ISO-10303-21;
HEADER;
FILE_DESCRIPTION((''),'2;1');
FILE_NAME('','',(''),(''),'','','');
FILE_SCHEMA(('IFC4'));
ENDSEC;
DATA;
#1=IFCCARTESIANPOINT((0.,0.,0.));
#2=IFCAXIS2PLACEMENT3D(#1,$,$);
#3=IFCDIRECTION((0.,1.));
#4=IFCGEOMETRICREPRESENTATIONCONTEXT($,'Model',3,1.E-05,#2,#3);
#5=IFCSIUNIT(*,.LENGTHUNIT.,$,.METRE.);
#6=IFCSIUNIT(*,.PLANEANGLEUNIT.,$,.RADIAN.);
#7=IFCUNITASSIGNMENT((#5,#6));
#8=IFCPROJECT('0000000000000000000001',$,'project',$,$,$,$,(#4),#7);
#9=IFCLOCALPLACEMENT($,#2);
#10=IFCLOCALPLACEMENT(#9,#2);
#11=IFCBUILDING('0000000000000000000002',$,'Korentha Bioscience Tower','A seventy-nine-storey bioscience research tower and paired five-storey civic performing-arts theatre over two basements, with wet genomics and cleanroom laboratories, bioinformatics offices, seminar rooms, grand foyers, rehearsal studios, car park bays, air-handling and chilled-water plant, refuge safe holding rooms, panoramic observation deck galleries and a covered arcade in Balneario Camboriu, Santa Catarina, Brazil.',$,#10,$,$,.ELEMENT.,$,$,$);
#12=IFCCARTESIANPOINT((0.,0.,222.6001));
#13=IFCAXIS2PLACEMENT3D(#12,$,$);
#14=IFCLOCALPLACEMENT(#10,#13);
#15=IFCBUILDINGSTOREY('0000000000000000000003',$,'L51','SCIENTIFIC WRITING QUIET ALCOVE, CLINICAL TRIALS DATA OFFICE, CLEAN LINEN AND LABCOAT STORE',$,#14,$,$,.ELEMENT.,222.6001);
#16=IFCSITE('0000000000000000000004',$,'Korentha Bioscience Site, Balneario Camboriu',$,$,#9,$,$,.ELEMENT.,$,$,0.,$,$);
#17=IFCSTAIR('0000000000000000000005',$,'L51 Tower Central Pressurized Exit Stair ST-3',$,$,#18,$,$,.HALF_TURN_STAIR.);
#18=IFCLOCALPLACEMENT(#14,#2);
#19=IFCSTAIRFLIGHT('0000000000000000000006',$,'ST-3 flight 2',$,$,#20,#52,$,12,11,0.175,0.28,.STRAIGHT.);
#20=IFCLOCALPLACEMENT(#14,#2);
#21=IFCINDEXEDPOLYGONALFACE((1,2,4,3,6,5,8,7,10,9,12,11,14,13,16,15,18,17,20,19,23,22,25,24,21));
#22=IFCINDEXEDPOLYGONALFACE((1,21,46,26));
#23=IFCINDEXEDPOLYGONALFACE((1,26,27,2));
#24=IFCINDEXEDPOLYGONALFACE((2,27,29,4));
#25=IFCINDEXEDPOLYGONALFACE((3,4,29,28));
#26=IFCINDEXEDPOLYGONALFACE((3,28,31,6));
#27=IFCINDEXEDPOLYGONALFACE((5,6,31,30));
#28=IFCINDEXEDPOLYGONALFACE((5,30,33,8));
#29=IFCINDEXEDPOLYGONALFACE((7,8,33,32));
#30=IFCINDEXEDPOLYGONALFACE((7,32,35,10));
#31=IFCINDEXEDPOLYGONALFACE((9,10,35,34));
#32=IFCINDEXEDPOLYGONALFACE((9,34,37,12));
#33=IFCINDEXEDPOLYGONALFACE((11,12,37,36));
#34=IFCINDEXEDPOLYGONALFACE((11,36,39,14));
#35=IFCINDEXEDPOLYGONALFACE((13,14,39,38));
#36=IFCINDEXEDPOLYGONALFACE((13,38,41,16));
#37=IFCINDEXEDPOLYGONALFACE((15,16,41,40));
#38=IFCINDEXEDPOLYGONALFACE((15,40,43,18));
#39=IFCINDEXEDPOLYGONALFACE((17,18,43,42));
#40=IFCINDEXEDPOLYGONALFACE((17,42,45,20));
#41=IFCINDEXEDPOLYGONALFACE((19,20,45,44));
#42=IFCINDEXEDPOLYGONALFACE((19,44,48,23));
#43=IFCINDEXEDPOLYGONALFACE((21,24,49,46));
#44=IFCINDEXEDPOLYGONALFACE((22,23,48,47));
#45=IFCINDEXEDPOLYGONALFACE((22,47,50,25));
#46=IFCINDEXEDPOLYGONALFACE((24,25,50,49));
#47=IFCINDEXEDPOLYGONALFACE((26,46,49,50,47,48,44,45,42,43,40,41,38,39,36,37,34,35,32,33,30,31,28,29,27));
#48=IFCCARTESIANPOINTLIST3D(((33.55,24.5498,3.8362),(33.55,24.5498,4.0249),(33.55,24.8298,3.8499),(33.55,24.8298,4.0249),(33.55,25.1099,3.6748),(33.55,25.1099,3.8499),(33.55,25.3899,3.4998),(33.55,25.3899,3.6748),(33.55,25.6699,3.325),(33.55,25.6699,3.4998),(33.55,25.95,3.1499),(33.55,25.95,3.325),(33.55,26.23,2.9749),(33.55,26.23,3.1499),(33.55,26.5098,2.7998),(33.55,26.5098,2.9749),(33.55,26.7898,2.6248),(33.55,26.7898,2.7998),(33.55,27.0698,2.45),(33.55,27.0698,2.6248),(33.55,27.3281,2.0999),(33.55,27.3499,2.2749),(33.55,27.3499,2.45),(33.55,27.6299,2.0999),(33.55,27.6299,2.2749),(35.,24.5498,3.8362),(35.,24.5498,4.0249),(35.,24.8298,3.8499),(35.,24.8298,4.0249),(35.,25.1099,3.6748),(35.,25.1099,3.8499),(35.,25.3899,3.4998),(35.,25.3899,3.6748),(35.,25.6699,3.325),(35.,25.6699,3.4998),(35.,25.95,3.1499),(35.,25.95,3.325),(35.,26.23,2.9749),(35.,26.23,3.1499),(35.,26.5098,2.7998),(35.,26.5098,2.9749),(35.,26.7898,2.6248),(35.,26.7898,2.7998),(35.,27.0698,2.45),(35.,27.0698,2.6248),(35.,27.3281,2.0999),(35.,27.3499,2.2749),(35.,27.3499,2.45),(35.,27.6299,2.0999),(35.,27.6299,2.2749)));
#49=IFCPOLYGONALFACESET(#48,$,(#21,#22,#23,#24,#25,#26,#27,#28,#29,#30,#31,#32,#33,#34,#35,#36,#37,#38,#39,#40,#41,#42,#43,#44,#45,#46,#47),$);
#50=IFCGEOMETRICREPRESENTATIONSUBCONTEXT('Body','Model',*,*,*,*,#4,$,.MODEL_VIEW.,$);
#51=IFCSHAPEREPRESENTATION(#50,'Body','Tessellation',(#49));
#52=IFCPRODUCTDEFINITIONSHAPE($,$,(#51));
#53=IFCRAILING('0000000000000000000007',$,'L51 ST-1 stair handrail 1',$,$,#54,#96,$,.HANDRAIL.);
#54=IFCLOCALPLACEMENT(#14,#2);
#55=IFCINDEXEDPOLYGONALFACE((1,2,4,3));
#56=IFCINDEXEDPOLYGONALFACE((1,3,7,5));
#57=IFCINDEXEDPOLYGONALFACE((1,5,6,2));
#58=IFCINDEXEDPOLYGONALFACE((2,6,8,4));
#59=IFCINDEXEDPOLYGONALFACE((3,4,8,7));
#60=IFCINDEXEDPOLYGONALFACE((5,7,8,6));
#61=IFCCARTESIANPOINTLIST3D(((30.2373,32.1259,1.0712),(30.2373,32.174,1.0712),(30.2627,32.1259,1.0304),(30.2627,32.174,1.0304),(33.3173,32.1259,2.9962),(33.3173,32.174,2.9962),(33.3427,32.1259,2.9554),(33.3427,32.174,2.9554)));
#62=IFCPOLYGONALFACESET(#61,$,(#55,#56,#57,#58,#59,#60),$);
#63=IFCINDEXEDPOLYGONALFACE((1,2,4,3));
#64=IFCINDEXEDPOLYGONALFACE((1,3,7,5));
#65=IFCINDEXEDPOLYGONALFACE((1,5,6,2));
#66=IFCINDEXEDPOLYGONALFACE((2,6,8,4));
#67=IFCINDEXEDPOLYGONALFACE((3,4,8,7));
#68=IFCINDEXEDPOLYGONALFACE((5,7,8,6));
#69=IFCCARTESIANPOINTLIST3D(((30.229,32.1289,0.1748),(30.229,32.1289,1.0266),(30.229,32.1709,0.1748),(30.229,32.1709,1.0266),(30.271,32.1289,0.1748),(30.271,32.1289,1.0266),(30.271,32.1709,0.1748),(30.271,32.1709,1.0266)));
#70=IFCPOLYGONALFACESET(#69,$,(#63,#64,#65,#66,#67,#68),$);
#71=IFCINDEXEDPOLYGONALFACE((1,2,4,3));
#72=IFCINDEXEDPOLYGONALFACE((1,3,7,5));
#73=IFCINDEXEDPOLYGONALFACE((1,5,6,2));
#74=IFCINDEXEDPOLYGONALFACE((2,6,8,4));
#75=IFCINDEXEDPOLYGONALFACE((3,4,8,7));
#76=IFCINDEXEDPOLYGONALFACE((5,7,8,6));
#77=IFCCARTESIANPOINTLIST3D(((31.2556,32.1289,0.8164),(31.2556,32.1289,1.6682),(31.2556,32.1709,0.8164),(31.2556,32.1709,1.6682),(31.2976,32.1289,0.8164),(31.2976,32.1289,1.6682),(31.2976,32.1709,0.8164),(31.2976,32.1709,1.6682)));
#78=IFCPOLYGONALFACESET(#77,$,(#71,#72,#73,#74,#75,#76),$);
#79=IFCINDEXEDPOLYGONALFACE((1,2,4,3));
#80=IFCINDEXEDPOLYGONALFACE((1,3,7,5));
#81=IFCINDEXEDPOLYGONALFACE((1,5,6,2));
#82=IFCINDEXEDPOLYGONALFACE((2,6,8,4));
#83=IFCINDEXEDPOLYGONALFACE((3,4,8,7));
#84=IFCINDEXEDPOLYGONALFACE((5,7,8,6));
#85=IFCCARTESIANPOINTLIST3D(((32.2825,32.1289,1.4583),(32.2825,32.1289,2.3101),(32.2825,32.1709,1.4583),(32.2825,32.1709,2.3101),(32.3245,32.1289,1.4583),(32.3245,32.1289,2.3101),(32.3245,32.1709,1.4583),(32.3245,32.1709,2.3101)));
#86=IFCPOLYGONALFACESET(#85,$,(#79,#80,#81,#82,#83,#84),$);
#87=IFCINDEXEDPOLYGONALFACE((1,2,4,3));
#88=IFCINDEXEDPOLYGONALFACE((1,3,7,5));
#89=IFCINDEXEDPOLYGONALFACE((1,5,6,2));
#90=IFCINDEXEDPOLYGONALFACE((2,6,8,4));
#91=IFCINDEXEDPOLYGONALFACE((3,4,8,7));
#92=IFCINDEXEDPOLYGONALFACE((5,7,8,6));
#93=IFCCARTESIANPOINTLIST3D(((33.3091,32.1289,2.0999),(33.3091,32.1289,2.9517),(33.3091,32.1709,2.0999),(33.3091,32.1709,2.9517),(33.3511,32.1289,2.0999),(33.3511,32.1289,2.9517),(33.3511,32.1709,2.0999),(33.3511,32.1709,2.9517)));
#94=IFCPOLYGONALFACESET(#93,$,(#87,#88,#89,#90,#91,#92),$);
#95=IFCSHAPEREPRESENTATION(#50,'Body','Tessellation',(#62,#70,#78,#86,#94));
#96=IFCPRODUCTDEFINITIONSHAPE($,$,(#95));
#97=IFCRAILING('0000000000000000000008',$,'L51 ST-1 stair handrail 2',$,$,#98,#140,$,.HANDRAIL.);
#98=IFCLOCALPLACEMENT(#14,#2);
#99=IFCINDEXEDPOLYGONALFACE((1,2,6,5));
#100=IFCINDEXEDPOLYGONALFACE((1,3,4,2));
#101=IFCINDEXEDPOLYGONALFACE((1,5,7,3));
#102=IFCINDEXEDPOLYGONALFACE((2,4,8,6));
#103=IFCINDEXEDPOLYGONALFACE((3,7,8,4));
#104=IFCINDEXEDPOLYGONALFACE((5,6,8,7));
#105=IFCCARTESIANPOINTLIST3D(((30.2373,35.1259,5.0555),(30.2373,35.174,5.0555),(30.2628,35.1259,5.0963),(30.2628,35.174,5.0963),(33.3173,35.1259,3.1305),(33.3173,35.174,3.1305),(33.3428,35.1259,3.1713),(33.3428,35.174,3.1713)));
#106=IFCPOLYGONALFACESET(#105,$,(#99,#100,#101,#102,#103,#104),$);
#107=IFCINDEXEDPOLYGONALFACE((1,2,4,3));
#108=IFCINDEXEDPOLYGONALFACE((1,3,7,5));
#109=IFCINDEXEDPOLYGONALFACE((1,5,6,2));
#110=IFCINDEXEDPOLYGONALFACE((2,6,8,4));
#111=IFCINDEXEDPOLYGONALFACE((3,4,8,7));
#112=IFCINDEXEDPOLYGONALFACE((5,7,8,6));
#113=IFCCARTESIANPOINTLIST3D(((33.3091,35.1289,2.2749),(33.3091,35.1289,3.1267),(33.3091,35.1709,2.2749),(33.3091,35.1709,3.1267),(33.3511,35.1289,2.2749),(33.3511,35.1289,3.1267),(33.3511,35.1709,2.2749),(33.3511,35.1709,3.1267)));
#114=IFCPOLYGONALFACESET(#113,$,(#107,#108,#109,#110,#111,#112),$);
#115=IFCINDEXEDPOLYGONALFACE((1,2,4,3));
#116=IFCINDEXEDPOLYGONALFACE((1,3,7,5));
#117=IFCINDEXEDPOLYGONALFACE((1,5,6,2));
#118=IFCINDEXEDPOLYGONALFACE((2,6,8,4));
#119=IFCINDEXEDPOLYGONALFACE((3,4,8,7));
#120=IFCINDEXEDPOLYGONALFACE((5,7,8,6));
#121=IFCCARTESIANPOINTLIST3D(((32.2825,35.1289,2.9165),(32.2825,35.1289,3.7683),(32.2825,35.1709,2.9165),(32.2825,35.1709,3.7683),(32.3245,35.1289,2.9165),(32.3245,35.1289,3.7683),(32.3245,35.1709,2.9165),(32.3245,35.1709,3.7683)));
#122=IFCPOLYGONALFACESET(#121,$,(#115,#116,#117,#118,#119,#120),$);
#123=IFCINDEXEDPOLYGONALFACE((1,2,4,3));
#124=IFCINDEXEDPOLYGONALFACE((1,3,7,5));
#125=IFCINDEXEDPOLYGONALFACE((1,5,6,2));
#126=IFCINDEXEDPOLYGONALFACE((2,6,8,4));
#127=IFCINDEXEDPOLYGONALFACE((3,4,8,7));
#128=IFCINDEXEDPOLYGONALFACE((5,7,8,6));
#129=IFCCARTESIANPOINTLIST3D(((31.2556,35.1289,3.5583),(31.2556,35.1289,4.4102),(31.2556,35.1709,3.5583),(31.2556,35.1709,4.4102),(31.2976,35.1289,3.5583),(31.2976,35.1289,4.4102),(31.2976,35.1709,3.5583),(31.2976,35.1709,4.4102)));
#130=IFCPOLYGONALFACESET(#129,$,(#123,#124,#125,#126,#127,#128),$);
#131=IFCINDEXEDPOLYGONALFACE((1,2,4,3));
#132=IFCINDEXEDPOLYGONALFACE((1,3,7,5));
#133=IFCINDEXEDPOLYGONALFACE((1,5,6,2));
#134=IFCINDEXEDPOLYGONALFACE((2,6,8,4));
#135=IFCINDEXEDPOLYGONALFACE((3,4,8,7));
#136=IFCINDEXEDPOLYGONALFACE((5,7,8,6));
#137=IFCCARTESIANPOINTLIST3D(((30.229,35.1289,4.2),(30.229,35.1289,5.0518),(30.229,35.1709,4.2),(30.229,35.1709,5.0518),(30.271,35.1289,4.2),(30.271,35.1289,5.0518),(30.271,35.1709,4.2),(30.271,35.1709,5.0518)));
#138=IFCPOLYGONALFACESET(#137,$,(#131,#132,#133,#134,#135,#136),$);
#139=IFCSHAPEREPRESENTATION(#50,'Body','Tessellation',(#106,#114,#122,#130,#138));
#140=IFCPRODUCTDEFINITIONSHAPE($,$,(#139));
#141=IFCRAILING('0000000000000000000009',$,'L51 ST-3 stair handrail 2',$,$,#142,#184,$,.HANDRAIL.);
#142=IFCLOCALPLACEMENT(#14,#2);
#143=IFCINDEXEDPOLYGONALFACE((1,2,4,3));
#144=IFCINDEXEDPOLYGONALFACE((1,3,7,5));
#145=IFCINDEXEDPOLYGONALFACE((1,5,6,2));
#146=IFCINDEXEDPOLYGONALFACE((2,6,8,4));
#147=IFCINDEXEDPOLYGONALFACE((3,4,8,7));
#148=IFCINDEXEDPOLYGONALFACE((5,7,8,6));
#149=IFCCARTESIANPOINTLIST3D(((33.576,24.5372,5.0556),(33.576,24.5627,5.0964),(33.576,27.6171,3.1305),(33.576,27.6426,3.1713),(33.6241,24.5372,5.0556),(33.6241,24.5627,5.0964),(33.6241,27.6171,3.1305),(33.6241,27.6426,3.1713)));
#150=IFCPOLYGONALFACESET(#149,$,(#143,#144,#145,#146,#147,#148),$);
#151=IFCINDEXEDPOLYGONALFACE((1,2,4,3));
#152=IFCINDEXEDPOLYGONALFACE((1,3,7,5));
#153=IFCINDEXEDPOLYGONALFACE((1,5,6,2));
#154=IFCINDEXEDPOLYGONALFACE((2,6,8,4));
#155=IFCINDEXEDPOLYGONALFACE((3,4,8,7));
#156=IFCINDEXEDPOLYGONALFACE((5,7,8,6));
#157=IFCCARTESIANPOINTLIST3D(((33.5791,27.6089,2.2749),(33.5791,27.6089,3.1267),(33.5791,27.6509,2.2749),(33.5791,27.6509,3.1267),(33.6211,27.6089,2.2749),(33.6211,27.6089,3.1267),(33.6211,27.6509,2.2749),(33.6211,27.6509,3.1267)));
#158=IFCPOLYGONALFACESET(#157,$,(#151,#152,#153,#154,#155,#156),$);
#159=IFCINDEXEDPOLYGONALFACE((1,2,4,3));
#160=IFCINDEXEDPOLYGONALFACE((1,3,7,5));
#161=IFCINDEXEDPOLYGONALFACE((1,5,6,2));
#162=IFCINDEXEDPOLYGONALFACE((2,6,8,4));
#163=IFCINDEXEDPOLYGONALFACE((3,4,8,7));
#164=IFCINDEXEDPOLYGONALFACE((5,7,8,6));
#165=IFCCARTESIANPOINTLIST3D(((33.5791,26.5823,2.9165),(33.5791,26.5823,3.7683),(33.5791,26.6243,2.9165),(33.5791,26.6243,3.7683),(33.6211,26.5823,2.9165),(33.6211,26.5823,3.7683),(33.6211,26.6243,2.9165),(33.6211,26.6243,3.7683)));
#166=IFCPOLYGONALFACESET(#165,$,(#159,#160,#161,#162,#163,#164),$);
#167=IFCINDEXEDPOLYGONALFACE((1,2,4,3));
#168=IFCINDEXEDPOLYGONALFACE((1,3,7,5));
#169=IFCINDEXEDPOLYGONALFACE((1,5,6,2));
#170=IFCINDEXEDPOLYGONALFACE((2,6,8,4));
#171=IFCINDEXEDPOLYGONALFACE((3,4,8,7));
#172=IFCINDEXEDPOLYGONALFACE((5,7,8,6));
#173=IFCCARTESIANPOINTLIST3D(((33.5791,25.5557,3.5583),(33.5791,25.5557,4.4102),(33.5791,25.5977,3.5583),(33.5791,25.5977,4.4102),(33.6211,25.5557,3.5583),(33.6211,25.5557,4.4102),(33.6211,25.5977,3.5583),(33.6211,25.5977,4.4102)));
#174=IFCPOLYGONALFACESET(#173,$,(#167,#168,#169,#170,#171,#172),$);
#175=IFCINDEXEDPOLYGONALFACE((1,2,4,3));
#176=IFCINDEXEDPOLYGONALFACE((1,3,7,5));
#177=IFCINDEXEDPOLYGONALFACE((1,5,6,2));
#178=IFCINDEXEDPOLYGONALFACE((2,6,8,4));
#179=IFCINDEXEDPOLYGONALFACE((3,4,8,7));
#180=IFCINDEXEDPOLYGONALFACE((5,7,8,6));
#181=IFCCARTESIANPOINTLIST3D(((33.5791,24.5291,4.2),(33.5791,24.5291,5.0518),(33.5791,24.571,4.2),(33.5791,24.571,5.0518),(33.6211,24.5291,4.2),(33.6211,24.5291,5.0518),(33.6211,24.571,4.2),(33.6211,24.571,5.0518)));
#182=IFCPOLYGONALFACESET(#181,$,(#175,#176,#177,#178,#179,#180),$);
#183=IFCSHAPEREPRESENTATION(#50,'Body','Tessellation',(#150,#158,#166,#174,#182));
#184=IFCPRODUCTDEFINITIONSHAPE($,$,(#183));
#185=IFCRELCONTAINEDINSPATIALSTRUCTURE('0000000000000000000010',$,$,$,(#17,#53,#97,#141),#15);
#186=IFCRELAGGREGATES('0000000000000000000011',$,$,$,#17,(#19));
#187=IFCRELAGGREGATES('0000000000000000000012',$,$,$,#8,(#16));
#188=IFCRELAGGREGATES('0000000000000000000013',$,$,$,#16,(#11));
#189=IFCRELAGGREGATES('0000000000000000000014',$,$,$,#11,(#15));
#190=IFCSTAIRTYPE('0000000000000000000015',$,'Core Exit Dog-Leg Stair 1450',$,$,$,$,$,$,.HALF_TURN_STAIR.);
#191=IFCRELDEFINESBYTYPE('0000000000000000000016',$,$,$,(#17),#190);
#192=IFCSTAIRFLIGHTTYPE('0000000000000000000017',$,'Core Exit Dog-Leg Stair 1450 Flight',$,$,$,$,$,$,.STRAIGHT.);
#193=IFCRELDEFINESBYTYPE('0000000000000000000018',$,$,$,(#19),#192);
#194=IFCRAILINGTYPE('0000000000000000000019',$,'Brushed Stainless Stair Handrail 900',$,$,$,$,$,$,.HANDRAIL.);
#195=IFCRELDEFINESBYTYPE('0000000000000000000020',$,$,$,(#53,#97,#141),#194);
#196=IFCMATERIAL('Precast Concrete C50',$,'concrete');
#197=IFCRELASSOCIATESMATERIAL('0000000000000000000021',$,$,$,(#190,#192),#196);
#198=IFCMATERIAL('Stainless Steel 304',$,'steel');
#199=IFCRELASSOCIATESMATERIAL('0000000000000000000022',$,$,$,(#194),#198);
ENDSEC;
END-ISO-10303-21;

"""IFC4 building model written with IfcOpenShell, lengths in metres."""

from ifc_helpers import new_model, si_unit, direction, frame, origin, origin_2d, place, context, subcontext, project, spatial, polyline, rectangle, outline, extrude, material, type_object, element, aggregate, save


model = new_model("IFC4")

# Units and contexts
model_context = context("Model", 3, precision=1e-05, world=origin(), true_north=direction((0.0, 1.0)))
body_context = subcontext(model_context, "Body", "Model", "MODEL_VIEW")
ifc_project = project(units=[si_unit("LENGTHUNIT", "METRE"), si_unit("PLANEANGLEUNIT", "RADIAN")], contexts=[model_context])

# Site, building, storey
site_placement = place(None, origin())
site = spatial("IfcSite", under=ifc_project, at=site_placement, Name="Korentha Bioscience Site, Balneario Camboriu", CompositionType="ELEMENT", RefElevation=0.0)
building_placement = place(site_placement, origin())
building = spatial("IfcBuilding", under=site, at=building_placement, Name="Korentha Bioscience Tower", Description="A seventy-nine-storey bioscience research tower and paired five-storey civic performing-arts theatre over two basements, with wet genomics and cleanroom laboratories, bioinformatics offices, seminar rooms, grand foyers, rehearsal studios, car park bays, air-handling and chilled-water plant, refuge safe holding rooms, panoramic observation deck galleries and a covered arcade in Balneario Camboriu, Santa Catarina, Brazil.", CompositionType="ELEMENT")
storey_placement = place(building_placement, frame((0.0, 0.0, 222.6001)))
storey = spatial("IfcBuildingStorey", under=building, at=storey_placement, Name="L51", Description="SCIENTIFIC WRITING QUIET ALCOVE, CLINICAL TRIALS DATA OFFICE, CLEAN LINEN AND LABCOAT STORE", CompositionType="ELEMENT", Elevation=222.6001)

# Shared definitions
ifc_material_1 = material(Name="Precast Concrete C50", Category="concrete")
stair_type = type_object("IfcStairType", Name="Core Exit Dog-Leg Stair 1450", PredefinedType="HALF_TURN_STAIR", material=ifc_material_1)
stair_flight_type = type_object("IfcStairFlightType", Name="Core Exit Dog-Leg Stair 1450 Flight", PredefinedType="STRAIGHT", material=ifc_material_1)

# Stair, stair flight
stair_1_placement = place(storey_placement, origin())
stair_1 = element("IfcStair", 1, at=stair_1_placement, inside=storey, type_object=stair_type, Name="L51 Tower Central Pressurized Exit Stair ST-3", PredefinedType="HALF_TURN_STAIR")
stair_flight_1_placement = place(storey_placement, frame((34.2749, 27.6299, 2.0999), z_axis=(0.0, 0.0, 1.0), x_axis=(0.0, -1.0, 0.0)))
stair_flight_1 = element("IfcStairFlight", 2, at=stair_flight_1_placement, type_object=stair_flight_type, Name="ST-3 flight 2", NumberOfRisers=12, NumberOfTreads=11, PredefinedType="STRAIGHT", RiserHeight=0.175, TreadLength=0.28, context=body_context, shape_type="SweptSolid", body=[
    extrude(outline(polyline([(0.0, 0.0), (0.0, 0.175), (0.28, 0.175), (0.28, 0.3501), (0.5601, 0.3501), (0.5601, 0.5249), (0.8401, 0.5249), (0.8401, 0.7), (1.1201, 0.7), (1.1201, 0.875), (1.3999, 0.875), (1.3999, 1.05), (1.6799, 1.05), (1.6799, 1.2251), (1.96, 1.2251), (1.96, 1.3999), (2.24, 1.3999), (2.24, 1.575), (2.52, 1.575), (2.52, 1.75), (2.8, 1.75), (2.8, 1.925), (3.0801, 1.925), (3.0801, 2.1001), (3.0801, 1.7363), (0.3018, 0.0), (0.0, 0.0)])), frame((0.0, 0.7251, 0.0), z_axis=(0.0, -1.0, 0.0), x_axis=(1.0, 0.0, 0.0)), (0.0, 0.0, 1.0), 1.45),
])
aggregate(stair_1, [stair_flight_1])

# Railings
ifc_material_2 = material(Name="Stainless Steel 304", Category="steel")
railing_type_1 = type_object("IfcRailingType", Name="Brushed Stainless Stair Handrail 900", PredefinedType="HANDRAIL", material=ifc_material_2)
railing_1_placement = place(storey_placement, frame((30.25, 32.1499, 0.1748)))
element("IfcRailing", 3, at=railing_1_placement, inside=storey, type_object=railing_type_1, Name="L51 ST-1 stair handrail 1", PredefinedType="HANDRAIL", context=body_context, shape_type="SweptSolid", body=[
    extrude(rectangle(XDim=0.0481, YDim=0.0481, at=origin_2d()), frame((0.0, 0.0, 0.876), z_axis=(0.847998, 0.0, 0.529999), x_axis=(0.0, 1.0, 0.0)), (0.0, 0.0, 1.0), 3.6321),
    extrude(rectangle(XDim=0.042, YDim=0.042, at=origin_2d()), origin(), (0.0, 0.0, 1.0), 0.8518),
    extrude(rectangle(XDim=0.042, YDim=0.042, at=origin_2d()), frame((1.0266, 0.0, 0.6416)), (0.0, 0.0, 1.0), 0.8518),
    extrude(rectangle(XDim=0.042, YDim=0.042, at=origin_2d()), frame((2.0535, 0.0, 1.2834)), (0.0, 0.0, 1.0), 0.8518),
    extrude(rectangle(XDim=0.042, YDim=0.042, at=origin_2d()), frame((3.0801, 0.0, 1.925)), (0.0, 0.0, 1.0), 0.8518),
])
railing_2_placement = place(storey_placement, frame((33.3301, 35.1499, 2.2749)))
element("IfcRailing", 4, at=railing_2_placement, inside=storey, type_object=railing_type_1, Name="L51 ST-1 stair handrail 2", PredefinedType="HANDRAIL", context=body_context, shape_type="SweptSolid", body=[
    extrude(rectangle(XDim=0.0481, YDim=0.0481, at=origin_2d()), frame((0.0, 0.0, 0.876), z_axis=(-0.847998, 0.0, 0.529999), x_axis=(0.0, -1.0, 0.0)), (0.0, 0.0, 1.0), 3.6321),
    extrude(rectangle(XDim=0.042, YDim=0.042, at=origin_2d()), origin(), (0.0, 0.0, 1.0), 0.8518),
    extrude(rectangle(XDim=0.042, YDim=0.042, at=origin_2d()), frame((-1.0266, 0.0, 0.6416)), (0.0, 0.0, 1.0), 0.8518),
    extrude(rectangle(XDim=0.042, YDim=0.042, at=origin_2d()), frame((-2.0535, 0.0, 1.2834)), (0.0, 0.0, 1.0), 0.8518),
    extrude(rectangle(XDim=0.042, YDim=0.042, at=origin_2d()), frame((-3.0801, 0.0, 1.925)), (0.0, 0.0, 1.0), 0.8518),
])
railing_3_placement = place(storey_placement, frame((33.6001, 27.6299, 2.2749)))
element("IfcRailing", 5, at=railing_3_placement, inside=storey, type_object=railing_type_1, Name="L51 ST-3 stair handrail 2", PredefinedType="HANDRAIL", context=body_context, shape_type="SweptSolid", body=[
    extrude(rectangle(XDim=0.0481, YDim=0.0481, at=origin_2d()), frame((0.0, 0.0, 0.876), z_axis=(0.0, -0.847979, 0.530029), x_axis=(1.0, 0.0, 0.0)), (0.0, 0.0, 1.0), 3.6321),
    extrude(rectangle(XDim=0.042, YDim=0.042, at=origin_2d()), origin(), (0.0, 0.0, 1.0), 0.8518),
    extrude(rectangle(XDim=0.042, YDim=0.042, at=origin_2d()), frame((0.0, -1.0266, 0.6416)), (0.0, 0.0, 1.0), 0.8518),
    extrude(rectangle(XDim=0.042, YDim=0.042, at=origin_2d()), frame((0.0, -2.0532, 1.2834)), (0.0, 0.0, 1.0), 0.8518),
    extrude(rectangle(XDim=0.042, YDim=0.042, at=origin_2d()), frame((0.0, -3.0798, 1.925)), (0.0, 0.0, 1.0), 0.8518),
])

save(model, "model.ifc")
